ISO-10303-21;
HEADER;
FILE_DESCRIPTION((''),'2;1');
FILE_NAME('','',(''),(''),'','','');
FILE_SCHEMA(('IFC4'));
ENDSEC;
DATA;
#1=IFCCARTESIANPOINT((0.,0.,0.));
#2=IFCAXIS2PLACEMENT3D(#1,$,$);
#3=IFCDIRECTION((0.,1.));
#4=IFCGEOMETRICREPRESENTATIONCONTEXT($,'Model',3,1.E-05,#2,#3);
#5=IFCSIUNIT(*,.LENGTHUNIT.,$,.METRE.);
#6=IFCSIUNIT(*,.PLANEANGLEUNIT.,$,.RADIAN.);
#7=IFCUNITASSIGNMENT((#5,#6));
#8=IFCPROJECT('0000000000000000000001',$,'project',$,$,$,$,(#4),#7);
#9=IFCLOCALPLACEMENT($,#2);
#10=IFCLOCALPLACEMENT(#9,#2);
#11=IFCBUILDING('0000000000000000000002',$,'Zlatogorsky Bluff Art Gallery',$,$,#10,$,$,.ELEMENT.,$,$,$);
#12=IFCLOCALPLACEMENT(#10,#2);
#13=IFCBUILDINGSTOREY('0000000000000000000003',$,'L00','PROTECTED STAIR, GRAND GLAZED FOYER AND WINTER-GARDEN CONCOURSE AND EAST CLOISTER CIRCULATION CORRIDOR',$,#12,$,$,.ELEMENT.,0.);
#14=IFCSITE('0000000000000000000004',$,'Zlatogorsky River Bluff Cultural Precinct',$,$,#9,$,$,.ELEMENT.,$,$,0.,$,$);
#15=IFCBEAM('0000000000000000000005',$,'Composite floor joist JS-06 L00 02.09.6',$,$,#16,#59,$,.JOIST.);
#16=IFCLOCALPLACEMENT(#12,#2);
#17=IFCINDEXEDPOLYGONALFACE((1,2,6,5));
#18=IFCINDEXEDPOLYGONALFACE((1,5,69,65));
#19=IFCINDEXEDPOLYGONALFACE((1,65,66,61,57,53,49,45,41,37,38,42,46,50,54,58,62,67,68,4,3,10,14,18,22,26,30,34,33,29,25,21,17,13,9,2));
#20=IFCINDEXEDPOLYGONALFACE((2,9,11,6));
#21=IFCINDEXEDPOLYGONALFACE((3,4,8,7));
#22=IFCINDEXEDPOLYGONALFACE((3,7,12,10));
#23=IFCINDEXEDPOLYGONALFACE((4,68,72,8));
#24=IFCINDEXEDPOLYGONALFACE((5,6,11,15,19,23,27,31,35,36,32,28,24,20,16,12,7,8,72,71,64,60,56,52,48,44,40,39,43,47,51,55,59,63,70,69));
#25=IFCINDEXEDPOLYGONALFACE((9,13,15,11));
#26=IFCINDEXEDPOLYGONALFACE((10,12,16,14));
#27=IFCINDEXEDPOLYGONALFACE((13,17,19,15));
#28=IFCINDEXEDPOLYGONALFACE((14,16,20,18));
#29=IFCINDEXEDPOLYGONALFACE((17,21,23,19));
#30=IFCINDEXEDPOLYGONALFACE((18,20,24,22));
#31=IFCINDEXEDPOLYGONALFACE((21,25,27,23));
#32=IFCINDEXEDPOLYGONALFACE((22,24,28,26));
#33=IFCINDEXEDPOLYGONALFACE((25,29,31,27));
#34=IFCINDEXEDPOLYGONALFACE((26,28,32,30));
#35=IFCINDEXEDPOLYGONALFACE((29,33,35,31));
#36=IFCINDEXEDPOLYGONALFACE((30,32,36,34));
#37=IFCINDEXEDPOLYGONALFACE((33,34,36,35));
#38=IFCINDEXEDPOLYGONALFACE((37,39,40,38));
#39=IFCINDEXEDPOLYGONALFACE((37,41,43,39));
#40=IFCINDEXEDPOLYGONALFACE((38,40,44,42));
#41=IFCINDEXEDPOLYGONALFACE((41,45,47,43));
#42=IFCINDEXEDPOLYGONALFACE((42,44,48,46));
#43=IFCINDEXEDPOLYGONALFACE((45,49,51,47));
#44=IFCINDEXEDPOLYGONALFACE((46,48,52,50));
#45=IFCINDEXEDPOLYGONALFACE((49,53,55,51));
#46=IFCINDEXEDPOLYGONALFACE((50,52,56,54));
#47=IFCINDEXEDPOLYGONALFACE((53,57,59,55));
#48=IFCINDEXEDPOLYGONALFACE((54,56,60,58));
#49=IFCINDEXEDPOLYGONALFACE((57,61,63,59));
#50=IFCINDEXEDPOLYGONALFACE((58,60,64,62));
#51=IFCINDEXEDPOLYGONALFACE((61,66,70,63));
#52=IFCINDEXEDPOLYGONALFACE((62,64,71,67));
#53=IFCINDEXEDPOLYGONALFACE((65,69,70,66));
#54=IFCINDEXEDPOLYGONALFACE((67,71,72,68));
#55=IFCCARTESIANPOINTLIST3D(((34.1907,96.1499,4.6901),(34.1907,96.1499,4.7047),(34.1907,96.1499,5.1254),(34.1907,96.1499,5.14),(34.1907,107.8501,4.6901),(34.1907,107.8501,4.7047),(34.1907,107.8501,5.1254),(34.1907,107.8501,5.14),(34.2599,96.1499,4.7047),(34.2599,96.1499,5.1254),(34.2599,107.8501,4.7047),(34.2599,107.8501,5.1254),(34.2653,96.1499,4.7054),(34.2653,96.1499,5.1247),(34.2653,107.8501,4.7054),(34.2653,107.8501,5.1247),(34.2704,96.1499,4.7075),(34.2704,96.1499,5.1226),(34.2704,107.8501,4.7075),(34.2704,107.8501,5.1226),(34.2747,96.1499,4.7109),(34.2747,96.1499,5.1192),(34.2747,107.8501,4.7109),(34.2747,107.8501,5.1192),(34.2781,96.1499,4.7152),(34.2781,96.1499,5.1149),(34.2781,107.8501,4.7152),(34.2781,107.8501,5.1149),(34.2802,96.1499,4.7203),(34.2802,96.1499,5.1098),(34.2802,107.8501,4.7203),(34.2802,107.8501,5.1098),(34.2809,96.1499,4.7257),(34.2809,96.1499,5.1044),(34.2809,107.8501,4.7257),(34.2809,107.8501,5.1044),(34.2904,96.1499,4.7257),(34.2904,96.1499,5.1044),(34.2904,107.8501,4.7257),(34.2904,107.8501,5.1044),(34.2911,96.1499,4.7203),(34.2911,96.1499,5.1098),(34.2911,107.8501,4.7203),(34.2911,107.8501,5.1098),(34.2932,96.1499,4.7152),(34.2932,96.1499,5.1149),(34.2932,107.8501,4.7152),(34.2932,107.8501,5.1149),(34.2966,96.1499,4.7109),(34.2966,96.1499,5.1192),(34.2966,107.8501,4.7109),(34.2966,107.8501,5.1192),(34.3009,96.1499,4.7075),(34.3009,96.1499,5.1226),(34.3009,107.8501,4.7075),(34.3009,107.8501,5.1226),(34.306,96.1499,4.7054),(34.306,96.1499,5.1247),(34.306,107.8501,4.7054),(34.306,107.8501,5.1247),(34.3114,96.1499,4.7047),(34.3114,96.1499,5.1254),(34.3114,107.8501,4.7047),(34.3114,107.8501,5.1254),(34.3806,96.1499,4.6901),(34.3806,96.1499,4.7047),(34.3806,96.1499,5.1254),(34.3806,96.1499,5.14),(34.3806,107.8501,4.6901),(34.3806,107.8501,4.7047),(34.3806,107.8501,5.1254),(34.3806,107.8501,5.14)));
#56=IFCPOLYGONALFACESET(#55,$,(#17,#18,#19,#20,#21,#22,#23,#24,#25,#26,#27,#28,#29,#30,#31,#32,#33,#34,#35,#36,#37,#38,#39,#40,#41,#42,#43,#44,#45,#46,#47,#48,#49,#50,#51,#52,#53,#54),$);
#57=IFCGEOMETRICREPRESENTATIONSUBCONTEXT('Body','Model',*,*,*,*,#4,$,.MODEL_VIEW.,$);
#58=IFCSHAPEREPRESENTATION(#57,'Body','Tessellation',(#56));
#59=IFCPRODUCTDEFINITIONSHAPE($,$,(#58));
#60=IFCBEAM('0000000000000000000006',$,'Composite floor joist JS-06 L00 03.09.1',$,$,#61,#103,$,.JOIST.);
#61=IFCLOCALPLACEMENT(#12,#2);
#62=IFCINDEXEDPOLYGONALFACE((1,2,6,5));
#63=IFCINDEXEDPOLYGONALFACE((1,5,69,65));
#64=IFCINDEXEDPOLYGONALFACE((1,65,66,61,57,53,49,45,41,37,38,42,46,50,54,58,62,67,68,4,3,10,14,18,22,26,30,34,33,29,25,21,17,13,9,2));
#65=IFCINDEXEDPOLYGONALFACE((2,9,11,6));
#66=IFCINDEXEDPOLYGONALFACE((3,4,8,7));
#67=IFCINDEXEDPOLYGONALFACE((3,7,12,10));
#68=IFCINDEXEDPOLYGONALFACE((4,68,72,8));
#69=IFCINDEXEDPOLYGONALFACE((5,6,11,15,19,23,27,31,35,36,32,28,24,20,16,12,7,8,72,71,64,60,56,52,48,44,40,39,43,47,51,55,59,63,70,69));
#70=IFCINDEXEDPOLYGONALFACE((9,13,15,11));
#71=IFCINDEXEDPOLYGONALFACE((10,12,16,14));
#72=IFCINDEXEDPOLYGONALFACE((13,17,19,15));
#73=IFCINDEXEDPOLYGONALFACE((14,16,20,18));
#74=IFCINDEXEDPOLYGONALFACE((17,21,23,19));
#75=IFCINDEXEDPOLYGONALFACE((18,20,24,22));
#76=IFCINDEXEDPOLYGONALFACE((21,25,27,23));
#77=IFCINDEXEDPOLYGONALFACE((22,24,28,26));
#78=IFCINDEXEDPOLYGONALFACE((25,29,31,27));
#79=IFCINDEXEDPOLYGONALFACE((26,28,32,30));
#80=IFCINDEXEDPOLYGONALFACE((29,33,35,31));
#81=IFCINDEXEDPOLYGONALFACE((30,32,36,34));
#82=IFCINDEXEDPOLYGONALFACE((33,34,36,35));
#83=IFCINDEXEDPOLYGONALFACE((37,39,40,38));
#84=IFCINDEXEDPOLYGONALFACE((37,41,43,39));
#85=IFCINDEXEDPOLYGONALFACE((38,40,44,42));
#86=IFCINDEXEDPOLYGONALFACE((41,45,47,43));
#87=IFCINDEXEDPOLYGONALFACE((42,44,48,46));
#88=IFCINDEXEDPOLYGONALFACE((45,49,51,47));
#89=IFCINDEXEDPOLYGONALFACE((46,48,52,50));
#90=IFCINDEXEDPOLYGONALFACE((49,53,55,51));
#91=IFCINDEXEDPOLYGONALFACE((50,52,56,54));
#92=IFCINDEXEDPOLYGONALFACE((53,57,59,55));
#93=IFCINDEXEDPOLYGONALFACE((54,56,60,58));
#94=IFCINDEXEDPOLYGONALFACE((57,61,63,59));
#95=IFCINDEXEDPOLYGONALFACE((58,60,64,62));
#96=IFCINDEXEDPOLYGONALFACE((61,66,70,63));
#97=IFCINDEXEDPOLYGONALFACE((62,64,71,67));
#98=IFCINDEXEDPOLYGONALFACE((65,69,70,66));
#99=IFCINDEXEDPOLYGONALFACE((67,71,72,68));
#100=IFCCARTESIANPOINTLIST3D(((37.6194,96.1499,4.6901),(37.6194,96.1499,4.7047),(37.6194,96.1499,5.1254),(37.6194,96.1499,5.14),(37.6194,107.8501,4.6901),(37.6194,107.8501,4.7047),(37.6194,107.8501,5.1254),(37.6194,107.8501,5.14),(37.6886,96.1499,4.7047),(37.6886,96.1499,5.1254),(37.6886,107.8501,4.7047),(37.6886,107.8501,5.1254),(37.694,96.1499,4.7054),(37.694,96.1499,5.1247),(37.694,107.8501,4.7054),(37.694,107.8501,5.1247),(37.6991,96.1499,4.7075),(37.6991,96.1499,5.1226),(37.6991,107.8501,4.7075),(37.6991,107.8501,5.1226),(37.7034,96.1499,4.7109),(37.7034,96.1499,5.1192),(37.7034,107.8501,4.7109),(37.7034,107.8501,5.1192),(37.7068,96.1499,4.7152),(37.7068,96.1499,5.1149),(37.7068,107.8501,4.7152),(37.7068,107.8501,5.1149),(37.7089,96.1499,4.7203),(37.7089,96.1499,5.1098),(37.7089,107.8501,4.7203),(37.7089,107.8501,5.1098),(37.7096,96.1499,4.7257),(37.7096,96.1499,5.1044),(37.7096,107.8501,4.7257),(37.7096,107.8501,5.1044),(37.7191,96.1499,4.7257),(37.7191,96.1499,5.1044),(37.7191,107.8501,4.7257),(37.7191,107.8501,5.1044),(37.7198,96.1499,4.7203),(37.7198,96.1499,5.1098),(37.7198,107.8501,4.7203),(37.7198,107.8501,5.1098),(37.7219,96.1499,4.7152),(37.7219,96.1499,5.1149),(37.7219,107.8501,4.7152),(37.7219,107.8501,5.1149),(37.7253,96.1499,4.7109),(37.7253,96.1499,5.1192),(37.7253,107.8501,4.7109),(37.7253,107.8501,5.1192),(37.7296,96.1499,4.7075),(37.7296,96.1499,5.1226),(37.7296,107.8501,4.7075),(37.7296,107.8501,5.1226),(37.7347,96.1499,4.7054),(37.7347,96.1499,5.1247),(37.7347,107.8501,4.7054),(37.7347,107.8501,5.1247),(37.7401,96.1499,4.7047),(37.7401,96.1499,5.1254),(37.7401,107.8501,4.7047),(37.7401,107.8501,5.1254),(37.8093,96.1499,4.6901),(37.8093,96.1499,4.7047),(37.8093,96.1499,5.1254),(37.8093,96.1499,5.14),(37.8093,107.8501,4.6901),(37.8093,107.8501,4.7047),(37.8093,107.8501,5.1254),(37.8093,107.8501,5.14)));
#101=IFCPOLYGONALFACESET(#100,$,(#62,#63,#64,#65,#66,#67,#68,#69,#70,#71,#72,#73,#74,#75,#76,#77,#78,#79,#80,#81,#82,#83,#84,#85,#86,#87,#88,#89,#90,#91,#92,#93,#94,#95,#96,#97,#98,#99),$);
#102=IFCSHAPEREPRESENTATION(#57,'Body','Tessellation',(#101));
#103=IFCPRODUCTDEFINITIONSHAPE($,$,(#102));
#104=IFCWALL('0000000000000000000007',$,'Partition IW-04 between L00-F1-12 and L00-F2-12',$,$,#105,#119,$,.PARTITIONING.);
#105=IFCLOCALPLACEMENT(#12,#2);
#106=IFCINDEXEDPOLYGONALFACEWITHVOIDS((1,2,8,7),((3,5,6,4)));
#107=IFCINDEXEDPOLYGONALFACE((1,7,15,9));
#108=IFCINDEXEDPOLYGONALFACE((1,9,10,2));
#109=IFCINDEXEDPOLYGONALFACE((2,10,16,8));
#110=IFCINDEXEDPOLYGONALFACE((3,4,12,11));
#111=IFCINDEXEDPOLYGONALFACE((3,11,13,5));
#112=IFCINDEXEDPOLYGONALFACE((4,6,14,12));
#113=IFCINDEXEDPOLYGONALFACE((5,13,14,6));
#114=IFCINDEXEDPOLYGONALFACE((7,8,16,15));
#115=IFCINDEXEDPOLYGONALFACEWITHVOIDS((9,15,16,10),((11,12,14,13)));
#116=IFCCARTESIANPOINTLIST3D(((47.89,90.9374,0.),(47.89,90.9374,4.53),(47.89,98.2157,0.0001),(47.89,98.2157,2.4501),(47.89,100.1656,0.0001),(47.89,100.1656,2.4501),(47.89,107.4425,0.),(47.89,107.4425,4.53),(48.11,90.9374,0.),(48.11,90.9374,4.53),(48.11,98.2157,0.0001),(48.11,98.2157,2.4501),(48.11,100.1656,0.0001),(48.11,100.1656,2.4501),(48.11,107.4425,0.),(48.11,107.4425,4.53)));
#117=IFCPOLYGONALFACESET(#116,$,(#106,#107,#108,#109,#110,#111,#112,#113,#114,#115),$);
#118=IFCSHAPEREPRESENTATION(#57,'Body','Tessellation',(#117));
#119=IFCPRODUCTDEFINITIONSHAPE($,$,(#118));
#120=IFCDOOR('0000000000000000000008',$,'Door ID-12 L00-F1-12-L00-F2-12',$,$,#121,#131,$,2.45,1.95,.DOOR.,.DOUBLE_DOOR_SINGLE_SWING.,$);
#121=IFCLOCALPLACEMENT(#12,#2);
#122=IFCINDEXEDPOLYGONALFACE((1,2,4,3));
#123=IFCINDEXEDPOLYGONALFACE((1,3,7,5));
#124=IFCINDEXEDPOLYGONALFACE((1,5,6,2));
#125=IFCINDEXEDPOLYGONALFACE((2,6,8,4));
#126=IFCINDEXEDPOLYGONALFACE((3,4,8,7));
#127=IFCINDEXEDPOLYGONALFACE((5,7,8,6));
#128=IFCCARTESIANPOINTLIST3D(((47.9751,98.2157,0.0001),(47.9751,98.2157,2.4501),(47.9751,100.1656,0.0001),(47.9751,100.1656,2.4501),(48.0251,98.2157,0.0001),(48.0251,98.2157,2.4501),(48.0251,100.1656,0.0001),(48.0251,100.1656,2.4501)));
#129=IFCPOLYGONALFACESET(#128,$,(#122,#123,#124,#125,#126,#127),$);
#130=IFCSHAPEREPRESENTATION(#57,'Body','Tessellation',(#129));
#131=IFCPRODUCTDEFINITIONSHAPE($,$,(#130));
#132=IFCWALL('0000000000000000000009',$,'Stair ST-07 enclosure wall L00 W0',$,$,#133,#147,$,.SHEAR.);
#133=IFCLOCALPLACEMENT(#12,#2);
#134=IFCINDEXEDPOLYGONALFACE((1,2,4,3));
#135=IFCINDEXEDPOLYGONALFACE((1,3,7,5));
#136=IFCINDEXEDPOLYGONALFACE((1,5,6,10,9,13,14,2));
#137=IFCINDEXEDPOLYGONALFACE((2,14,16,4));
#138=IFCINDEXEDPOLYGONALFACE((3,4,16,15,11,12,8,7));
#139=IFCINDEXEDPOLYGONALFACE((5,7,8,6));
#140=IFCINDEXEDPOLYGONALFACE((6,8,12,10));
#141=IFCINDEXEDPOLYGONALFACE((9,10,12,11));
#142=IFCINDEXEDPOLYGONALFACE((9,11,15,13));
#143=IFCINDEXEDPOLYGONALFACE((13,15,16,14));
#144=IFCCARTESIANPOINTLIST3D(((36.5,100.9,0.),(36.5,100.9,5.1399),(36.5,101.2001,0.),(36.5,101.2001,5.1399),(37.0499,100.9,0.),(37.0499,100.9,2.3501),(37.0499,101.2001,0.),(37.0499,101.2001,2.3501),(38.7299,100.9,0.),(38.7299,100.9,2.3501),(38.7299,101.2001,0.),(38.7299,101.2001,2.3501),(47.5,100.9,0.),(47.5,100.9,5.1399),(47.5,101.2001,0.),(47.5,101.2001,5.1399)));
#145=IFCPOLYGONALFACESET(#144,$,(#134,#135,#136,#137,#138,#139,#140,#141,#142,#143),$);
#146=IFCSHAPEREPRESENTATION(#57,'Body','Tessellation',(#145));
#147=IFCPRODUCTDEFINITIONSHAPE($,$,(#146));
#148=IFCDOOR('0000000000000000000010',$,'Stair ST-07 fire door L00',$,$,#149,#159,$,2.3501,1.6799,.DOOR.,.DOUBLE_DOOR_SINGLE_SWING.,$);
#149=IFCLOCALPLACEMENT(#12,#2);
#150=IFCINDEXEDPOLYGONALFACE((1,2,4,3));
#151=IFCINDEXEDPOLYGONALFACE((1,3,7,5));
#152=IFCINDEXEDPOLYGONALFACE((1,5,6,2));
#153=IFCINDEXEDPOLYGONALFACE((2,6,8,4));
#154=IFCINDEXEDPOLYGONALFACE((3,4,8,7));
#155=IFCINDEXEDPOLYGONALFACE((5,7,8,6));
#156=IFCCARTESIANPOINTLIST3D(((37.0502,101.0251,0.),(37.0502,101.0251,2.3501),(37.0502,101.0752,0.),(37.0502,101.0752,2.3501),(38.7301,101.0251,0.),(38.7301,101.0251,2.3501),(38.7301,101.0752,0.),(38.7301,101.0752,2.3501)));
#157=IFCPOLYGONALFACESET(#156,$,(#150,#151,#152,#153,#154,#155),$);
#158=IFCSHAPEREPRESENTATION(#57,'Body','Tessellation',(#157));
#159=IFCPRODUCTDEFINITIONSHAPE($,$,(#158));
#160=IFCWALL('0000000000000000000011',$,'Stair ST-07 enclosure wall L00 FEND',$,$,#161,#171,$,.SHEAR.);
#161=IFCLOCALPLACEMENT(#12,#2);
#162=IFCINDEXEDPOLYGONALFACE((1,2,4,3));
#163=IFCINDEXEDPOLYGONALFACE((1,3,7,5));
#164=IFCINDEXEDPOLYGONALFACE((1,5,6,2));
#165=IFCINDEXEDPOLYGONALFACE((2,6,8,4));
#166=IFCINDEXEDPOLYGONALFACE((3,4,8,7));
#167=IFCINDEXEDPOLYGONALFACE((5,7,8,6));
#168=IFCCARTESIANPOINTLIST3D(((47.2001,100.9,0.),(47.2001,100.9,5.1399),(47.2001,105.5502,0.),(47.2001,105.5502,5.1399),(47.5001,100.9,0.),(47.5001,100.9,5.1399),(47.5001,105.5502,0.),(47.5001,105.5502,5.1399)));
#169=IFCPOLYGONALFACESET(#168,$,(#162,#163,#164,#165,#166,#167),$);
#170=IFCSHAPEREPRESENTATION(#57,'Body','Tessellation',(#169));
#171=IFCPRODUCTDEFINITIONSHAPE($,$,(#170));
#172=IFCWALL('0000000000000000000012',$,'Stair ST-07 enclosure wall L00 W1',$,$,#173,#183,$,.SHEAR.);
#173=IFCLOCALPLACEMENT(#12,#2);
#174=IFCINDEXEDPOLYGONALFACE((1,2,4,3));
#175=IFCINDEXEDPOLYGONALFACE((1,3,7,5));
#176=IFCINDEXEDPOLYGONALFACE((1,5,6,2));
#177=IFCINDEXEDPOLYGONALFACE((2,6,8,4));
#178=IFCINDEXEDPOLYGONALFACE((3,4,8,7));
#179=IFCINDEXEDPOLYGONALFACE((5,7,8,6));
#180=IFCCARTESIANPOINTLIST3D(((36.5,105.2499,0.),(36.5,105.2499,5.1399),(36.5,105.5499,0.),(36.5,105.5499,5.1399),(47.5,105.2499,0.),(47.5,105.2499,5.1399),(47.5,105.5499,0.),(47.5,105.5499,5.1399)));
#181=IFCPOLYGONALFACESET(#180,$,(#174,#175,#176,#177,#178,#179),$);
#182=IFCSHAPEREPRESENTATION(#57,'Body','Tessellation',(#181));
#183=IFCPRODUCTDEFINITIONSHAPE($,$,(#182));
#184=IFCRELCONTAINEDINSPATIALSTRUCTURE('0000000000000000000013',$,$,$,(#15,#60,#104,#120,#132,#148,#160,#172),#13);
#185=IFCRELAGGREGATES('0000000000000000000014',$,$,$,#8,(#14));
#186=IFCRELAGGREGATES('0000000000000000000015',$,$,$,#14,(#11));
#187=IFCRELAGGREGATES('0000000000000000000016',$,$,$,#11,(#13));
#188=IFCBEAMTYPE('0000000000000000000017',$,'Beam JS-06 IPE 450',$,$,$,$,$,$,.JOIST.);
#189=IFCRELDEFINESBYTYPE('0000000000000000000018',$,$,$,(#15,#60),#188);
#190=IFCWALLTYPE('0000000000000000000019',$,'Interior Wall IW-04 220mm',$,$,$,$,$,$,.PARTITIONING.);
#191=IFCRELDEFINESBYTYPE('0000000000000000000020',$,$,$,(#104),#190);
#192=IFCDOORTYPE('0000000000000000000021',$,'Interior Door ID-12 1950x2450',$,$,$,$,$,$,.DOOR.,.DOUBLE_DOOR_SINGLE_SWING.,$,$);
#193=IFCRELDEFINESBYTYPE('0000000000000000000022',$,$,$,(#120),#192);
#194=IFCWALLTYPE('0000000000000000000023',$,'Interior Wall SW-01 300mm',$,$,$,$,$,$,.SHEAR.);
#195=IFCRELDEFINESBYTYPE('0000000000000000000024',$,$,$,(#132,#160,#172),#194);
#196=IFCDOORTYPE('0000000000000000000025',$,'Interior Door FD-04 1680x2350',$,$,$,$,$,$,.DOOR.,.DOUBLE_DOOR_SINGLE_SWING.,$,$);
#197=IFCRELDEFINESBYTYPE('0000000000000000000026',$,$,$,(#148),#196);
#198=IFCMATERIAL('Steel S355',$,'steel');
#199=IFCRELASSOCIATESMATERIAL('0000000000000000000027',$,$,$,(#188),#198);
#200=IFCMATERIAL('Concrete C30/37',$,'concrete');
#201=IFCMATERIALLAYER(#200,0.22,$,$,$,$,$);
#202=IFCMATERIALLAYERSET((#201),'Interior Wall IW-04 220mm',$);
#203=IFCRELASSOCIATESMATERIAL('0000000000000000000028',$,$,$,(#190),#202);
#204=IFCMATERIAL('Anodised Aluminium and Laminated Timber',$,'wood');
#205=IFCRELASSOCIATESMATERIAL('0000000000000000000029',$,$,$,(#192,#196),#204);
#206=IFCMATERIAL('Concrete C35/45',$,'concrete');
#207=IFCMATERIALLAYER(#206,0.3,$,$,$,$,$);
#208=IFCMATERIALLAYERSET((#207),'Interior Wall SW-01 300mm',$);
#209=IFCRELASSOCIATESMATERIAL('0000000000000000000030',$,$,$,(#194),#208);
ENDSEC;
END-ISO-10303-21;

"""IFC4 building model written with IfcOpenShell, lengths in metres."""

from ifc_helpers import new_model, si_unit, direction, frame, frame_2d, origin, origin_2d, place, context, subcontext, project, spatial, rectangle, i_section, extrude, material, layer, layer_set, material_profile, profile_set, type_object, element, fill, save


model = new_model("IFC4")

# Units and contexts
model_context = context("Model", 3, precision=1e-05, world=origin(), true_north=direction((0.0, 1.0)))
body_context = subcontext(model_context, "Body", "Model", "MODEL_VIEW")
ifc_project = project(units=[si_unit("LENGTHUNIT", "METRE"), si_unit("PLANEANGLEUNIT", "RADIAN")], contexts=[model_context])

# Site, building, storey
site_placement = place(None, origin())
site = spatial("IfcSite", under=ifc_project, at=site_placement, Name="Zlatogorsky River Bluff Cultural Precinct", CompositionType="ELEMENT", RefElevation=0.0)
building_placement = place(site_placement, origin())
building = spatial("IfcBuilding", under=site, at=building_placement, Name="Zlatogorsky Bluff Art Gallery", CompositionType="ELEMENT")
storey_placement = place(building_placement, origin())
storey = spatial("IfcBuildingStorey", under=building, at=storey_placement, Name="L00", Description="PROTECTED STAIR, GRAND GLAZED FOYER AND WINTER-GARDEN CONCOURSE AND EAST CLOISTER CIRCULATION CORRIDOR", CompositionType="ELEMENT", Elevation=0.0)

# Shared definitions
ifc_material_1 = material(Name="Steel S355", Category="steel")

# Beams
ifc_material_profile_1 = material_profile(ifc_material_1, i_section(OverallWidth=0.1899, OverallDepth=0.45, WebThickness=0.0095, FlangeThickness=0.0146, FilletRadius=0.021, at=origin_2d()), Name="IPE 450")
ifc_profile_set_1 = profile_set([ifc_material_profile_1], Name="Steel S355")
beam_type_1 = type_object("IfcBeamType", Name="Beam JS-06 IPE 450", PredefinedType="JOIST", material=ifc_profile_set_1)
for number, where, z_axis, x_axis, name in (
    (1, (34.2856, 96.1499, 4.915), (0.0, 1.0, 0.0), (-1.0, 0.0, 0.0), "Composite floor joist JS-06 L00 02.09.6"),
    (2, (37.7144, 96.1499, 4.915), (0.0, 1.0, 0.0), (-1.0, 0.0, 0.0), "Composite floor joist JS-06 L00 03.09.1"),
):
    element("IfcBeam", number, at=place(storey_placement, frame(where, z_axis=z_axis, x_axis=x_axis)), inside=storey, type_object=beam_type_1, Name=name, PredefinedType="JOIST", context=body_context, shape_type="SweptSolid", body=[
        extrude(i_section(OverallWidth=0.1899, OverallDepth=0.45, WebThickness=0.0095, FlangeThickness=0.0146, FilletRadius=0.021, at=origin_2d()), origin(), (0.0, 0.0, 1.0), 11.7002),
    ])

# Walls, openings, doors
ifc_material_2 = material(Name="Concrete C30/37", Category="concrete")
ifc_layer_1 = layer(ifc_material_2, 0.22)
ifc_layer_set_1 = layer_set([ifc_layer_1], Name="Interior Wall IW-04 220mm")
wall_type_1 = type_object("IfcWallType", Name="Interior Wall IW-04 220mm", PredefinedType="PARTITIONING", material=ifc_layer_set_1)
wall_1_placement = place(storey_placement, frame((48.0, 90.9375, 0.0), z_axis=(0.0, 0.0, 1.0), x_axis=(0.0, 1.0, 0.0)))
wall_1 = element("IfcWall", 3, at=wall_1_placement, inside=storey, type_object=wall_type_1, Name="Partition IW-04 between L00-F1-12 and L00-F2-12", PredefinedType="PARTITIONING", context=body_context, shape_type="SweptSolid", body=[
    extrude(rectangle(XDim=16.5051, YDim=0.22, at=frame_2d((8.2524, 0.0))), origin(), (0.0, 0.0, 1.0), 4.53),
])
opening_1_placement = place(wall_1_placement, frame((7.2781, 0.0, 0.0)))
opening_1 = element("IfcOpeningElement", 4, at=opening_1_placement, cuts=wall_1, PredefinedType="OPENING", context=body_context, shape_type="SweptSolid", body=[
    extrude(rectangle(XDim=1.95, YDim=2.45, at=frame_2d((0.9751, 1.2251))), frame((0.0, 0.1199, 0.0), z_axis=(0.0, -1.0, 0.0), x_axis=(1.0, 0.0, 0.0)), (0.0, 0.0, 1.0), 0.24),
])
ifc_material_3 = material(Name="Anodised Aluminium and Laminated Timber", Category="wood")
door_type_1 = type_object("IfcDoorType", Name="Interior Door ID-12 1950x2450", OperationType="DOUBLE_DOOR_SINGLE_SWING", PredefinedType="DOOR", material=ifc_material_3)
door_1_placement = place(opening_1_placement, origin())
door_1 = element("IfcDoor", 5, at=door_1_placement, inside=storey, type_object=door_type_1, Name="Door ID-12 L00-F1-12-L00-F2-12", OperationType="DOUBLE_DOOR_SINGLE_SWING", OverallHeight=2.45, OverallWidth=1.95, PredefinedType="DOOR", context=body_context, shape_type="SweptSolid", body=[
    extrude(rectangle(XDim=1.95, YDim=2.45, at=frame_2d((0.9751, 1.2251))), frame((0.0, 0.0249, 0.0), z_axis=(0.0, -1.0, 0.0), x_axis=(1.0, 0.0, 0.0)), (0.0, 0.0, 1.0), 0.05),
])
fill(opening_1, door_1)
ifc_material_4 = material(Name="Concrete C35/45", Category="concrete")
ifc_layer_2 = layer(ifc_material_4, 0.3)
ifc_layer_set_2 = layer_set([ifc_layer_2], Name="Interior Wall SW-01 300mm")
wall_type_2 = type_object("IfcWallType", Name="Interior Wall SW-01 300mm", PredefinedType="SHEAR", material=ifc_layer_set_2)
wall_2_placement = place(storey_placement, frame((36.5, 101.05, 0.0), z_axis=(0.0, 0.0, 1.0), x_axis=(1.0, 0.0, 0.0)))
wall_2 = element("IfcWall", 6, at=wall_2_placement, inside=storey, type_object=wall_type_2, Name="Stair ST-07 enclosure wall L00 W0", PredefinedType="SHEAR", context=body_context, shape_type="SweptSolid", body=[
    extrude(rectangle(XDim=11.0, YDim=0.3, at=frame_2d((5.5, 0.0))), origin(), (0.0, 0.0, 1.0), 5.1399),
])
opening_2_placement = place(wall_2_placement, frame((0.55, 0.0, 0.0)))
opening_2 = element("IfcOpeningElement", 7, at=opening_2_placement, cuts=wall_2, PredefinedType="OPENING", context=body_context, shape_type="SweptSolid", body=[
    extrude(rectangle(XDim=1.6799, YDim=2.3501, at=frame_2d((0.8398, 1.175))), frame((0.0, 0.1599, 0.0), z_axis=(0.0, -1.0, 0.0), x_axis=(1.0, 0.0, 0.0)), (0.0, 0.0, 1.0), 0.3201),
])
door_type_2 = type_object("IfcDoorType", Name="Interior Door FD-04 1680x2350", OperationType="DOUBLE_DOOR_SINGLE_SWING", PredefinedType="DOOR", material=ifc_material_3)
door_2_placement = place(opening_2_placement, frame((1.6799, 0.0, 0.0), z_axis=(0.0, 0.0, 1.0), x_axis=(-1.0, 0.0, 0.0)))
door_2 = element("IfcDoor", 8, at=door_2_placement, inside=storey, type_object=door_type_2, Name="Stair ST-07 fire door L00", OperationType="DOUBLE_DOOR_SINGLE_SWING", OverallHeight=2.3501, OverallWidth=1.6799, PredefinedType="DOOR", context=body_context, shape_type="SweptSolid", body=[
    extrude(rectangle(XDim=1.6799, YDim=2.3501, at=frame_2d((0.8398, 1.175))), frame((0.0, 0.0249, 0.0), z_axis=(0.0, -1.0, 0.0), x_axis=(1.0, 0.0, 0.0)), (0.0, 0.0, 1.0), 0.05),
])
fill(opening_2, door_2)

# Walls
wall_3_placement = place(storey_placement, frame((47.3501, 100.8999, 0.0), z_axis=(0.0, 0.0, 1.0), x_axis=(0.0, 1.0, 0.0)))
element("IfcWall", 9, at=wall_3_placement, inside=storey, type_object=wall_type_2, Name="Stair ST-07 enclosure wall L00 FEND", PredefinedType="SHEAR", context=body_context, shape_type="SweptSolid", body=[
    extrude(rectangle(XDim=4.6501, YDim=0.3, at=frame_2d((2.3252, 0.0))), origin(), (0.0, 0.0, 1.0), 5.1399),
])
wall_4_placement = place(storey_placement, frame((47.5, 105.3999, 0.0), z_axis=(0.0, 0.0, 1.0), x_axis=(-1.0, 0.0, 0.0)))
element("IfcWall", 10, at=wall_4_placement, inside=storey, type_object=wall_type_2, Name="Stair ST-07 enclosure wall L00 W1", PredefinedType="SHEAR", context=body_context, shape_type="SweptSolid", body=[
    extrude(rectangle(XDim=11.0, YDim=0.3, at=frame_2d((5.5, 0.0))), origin(), (0.0, 0.0, 1.0), 5.1399),
])

save(model, "model.ifc")
